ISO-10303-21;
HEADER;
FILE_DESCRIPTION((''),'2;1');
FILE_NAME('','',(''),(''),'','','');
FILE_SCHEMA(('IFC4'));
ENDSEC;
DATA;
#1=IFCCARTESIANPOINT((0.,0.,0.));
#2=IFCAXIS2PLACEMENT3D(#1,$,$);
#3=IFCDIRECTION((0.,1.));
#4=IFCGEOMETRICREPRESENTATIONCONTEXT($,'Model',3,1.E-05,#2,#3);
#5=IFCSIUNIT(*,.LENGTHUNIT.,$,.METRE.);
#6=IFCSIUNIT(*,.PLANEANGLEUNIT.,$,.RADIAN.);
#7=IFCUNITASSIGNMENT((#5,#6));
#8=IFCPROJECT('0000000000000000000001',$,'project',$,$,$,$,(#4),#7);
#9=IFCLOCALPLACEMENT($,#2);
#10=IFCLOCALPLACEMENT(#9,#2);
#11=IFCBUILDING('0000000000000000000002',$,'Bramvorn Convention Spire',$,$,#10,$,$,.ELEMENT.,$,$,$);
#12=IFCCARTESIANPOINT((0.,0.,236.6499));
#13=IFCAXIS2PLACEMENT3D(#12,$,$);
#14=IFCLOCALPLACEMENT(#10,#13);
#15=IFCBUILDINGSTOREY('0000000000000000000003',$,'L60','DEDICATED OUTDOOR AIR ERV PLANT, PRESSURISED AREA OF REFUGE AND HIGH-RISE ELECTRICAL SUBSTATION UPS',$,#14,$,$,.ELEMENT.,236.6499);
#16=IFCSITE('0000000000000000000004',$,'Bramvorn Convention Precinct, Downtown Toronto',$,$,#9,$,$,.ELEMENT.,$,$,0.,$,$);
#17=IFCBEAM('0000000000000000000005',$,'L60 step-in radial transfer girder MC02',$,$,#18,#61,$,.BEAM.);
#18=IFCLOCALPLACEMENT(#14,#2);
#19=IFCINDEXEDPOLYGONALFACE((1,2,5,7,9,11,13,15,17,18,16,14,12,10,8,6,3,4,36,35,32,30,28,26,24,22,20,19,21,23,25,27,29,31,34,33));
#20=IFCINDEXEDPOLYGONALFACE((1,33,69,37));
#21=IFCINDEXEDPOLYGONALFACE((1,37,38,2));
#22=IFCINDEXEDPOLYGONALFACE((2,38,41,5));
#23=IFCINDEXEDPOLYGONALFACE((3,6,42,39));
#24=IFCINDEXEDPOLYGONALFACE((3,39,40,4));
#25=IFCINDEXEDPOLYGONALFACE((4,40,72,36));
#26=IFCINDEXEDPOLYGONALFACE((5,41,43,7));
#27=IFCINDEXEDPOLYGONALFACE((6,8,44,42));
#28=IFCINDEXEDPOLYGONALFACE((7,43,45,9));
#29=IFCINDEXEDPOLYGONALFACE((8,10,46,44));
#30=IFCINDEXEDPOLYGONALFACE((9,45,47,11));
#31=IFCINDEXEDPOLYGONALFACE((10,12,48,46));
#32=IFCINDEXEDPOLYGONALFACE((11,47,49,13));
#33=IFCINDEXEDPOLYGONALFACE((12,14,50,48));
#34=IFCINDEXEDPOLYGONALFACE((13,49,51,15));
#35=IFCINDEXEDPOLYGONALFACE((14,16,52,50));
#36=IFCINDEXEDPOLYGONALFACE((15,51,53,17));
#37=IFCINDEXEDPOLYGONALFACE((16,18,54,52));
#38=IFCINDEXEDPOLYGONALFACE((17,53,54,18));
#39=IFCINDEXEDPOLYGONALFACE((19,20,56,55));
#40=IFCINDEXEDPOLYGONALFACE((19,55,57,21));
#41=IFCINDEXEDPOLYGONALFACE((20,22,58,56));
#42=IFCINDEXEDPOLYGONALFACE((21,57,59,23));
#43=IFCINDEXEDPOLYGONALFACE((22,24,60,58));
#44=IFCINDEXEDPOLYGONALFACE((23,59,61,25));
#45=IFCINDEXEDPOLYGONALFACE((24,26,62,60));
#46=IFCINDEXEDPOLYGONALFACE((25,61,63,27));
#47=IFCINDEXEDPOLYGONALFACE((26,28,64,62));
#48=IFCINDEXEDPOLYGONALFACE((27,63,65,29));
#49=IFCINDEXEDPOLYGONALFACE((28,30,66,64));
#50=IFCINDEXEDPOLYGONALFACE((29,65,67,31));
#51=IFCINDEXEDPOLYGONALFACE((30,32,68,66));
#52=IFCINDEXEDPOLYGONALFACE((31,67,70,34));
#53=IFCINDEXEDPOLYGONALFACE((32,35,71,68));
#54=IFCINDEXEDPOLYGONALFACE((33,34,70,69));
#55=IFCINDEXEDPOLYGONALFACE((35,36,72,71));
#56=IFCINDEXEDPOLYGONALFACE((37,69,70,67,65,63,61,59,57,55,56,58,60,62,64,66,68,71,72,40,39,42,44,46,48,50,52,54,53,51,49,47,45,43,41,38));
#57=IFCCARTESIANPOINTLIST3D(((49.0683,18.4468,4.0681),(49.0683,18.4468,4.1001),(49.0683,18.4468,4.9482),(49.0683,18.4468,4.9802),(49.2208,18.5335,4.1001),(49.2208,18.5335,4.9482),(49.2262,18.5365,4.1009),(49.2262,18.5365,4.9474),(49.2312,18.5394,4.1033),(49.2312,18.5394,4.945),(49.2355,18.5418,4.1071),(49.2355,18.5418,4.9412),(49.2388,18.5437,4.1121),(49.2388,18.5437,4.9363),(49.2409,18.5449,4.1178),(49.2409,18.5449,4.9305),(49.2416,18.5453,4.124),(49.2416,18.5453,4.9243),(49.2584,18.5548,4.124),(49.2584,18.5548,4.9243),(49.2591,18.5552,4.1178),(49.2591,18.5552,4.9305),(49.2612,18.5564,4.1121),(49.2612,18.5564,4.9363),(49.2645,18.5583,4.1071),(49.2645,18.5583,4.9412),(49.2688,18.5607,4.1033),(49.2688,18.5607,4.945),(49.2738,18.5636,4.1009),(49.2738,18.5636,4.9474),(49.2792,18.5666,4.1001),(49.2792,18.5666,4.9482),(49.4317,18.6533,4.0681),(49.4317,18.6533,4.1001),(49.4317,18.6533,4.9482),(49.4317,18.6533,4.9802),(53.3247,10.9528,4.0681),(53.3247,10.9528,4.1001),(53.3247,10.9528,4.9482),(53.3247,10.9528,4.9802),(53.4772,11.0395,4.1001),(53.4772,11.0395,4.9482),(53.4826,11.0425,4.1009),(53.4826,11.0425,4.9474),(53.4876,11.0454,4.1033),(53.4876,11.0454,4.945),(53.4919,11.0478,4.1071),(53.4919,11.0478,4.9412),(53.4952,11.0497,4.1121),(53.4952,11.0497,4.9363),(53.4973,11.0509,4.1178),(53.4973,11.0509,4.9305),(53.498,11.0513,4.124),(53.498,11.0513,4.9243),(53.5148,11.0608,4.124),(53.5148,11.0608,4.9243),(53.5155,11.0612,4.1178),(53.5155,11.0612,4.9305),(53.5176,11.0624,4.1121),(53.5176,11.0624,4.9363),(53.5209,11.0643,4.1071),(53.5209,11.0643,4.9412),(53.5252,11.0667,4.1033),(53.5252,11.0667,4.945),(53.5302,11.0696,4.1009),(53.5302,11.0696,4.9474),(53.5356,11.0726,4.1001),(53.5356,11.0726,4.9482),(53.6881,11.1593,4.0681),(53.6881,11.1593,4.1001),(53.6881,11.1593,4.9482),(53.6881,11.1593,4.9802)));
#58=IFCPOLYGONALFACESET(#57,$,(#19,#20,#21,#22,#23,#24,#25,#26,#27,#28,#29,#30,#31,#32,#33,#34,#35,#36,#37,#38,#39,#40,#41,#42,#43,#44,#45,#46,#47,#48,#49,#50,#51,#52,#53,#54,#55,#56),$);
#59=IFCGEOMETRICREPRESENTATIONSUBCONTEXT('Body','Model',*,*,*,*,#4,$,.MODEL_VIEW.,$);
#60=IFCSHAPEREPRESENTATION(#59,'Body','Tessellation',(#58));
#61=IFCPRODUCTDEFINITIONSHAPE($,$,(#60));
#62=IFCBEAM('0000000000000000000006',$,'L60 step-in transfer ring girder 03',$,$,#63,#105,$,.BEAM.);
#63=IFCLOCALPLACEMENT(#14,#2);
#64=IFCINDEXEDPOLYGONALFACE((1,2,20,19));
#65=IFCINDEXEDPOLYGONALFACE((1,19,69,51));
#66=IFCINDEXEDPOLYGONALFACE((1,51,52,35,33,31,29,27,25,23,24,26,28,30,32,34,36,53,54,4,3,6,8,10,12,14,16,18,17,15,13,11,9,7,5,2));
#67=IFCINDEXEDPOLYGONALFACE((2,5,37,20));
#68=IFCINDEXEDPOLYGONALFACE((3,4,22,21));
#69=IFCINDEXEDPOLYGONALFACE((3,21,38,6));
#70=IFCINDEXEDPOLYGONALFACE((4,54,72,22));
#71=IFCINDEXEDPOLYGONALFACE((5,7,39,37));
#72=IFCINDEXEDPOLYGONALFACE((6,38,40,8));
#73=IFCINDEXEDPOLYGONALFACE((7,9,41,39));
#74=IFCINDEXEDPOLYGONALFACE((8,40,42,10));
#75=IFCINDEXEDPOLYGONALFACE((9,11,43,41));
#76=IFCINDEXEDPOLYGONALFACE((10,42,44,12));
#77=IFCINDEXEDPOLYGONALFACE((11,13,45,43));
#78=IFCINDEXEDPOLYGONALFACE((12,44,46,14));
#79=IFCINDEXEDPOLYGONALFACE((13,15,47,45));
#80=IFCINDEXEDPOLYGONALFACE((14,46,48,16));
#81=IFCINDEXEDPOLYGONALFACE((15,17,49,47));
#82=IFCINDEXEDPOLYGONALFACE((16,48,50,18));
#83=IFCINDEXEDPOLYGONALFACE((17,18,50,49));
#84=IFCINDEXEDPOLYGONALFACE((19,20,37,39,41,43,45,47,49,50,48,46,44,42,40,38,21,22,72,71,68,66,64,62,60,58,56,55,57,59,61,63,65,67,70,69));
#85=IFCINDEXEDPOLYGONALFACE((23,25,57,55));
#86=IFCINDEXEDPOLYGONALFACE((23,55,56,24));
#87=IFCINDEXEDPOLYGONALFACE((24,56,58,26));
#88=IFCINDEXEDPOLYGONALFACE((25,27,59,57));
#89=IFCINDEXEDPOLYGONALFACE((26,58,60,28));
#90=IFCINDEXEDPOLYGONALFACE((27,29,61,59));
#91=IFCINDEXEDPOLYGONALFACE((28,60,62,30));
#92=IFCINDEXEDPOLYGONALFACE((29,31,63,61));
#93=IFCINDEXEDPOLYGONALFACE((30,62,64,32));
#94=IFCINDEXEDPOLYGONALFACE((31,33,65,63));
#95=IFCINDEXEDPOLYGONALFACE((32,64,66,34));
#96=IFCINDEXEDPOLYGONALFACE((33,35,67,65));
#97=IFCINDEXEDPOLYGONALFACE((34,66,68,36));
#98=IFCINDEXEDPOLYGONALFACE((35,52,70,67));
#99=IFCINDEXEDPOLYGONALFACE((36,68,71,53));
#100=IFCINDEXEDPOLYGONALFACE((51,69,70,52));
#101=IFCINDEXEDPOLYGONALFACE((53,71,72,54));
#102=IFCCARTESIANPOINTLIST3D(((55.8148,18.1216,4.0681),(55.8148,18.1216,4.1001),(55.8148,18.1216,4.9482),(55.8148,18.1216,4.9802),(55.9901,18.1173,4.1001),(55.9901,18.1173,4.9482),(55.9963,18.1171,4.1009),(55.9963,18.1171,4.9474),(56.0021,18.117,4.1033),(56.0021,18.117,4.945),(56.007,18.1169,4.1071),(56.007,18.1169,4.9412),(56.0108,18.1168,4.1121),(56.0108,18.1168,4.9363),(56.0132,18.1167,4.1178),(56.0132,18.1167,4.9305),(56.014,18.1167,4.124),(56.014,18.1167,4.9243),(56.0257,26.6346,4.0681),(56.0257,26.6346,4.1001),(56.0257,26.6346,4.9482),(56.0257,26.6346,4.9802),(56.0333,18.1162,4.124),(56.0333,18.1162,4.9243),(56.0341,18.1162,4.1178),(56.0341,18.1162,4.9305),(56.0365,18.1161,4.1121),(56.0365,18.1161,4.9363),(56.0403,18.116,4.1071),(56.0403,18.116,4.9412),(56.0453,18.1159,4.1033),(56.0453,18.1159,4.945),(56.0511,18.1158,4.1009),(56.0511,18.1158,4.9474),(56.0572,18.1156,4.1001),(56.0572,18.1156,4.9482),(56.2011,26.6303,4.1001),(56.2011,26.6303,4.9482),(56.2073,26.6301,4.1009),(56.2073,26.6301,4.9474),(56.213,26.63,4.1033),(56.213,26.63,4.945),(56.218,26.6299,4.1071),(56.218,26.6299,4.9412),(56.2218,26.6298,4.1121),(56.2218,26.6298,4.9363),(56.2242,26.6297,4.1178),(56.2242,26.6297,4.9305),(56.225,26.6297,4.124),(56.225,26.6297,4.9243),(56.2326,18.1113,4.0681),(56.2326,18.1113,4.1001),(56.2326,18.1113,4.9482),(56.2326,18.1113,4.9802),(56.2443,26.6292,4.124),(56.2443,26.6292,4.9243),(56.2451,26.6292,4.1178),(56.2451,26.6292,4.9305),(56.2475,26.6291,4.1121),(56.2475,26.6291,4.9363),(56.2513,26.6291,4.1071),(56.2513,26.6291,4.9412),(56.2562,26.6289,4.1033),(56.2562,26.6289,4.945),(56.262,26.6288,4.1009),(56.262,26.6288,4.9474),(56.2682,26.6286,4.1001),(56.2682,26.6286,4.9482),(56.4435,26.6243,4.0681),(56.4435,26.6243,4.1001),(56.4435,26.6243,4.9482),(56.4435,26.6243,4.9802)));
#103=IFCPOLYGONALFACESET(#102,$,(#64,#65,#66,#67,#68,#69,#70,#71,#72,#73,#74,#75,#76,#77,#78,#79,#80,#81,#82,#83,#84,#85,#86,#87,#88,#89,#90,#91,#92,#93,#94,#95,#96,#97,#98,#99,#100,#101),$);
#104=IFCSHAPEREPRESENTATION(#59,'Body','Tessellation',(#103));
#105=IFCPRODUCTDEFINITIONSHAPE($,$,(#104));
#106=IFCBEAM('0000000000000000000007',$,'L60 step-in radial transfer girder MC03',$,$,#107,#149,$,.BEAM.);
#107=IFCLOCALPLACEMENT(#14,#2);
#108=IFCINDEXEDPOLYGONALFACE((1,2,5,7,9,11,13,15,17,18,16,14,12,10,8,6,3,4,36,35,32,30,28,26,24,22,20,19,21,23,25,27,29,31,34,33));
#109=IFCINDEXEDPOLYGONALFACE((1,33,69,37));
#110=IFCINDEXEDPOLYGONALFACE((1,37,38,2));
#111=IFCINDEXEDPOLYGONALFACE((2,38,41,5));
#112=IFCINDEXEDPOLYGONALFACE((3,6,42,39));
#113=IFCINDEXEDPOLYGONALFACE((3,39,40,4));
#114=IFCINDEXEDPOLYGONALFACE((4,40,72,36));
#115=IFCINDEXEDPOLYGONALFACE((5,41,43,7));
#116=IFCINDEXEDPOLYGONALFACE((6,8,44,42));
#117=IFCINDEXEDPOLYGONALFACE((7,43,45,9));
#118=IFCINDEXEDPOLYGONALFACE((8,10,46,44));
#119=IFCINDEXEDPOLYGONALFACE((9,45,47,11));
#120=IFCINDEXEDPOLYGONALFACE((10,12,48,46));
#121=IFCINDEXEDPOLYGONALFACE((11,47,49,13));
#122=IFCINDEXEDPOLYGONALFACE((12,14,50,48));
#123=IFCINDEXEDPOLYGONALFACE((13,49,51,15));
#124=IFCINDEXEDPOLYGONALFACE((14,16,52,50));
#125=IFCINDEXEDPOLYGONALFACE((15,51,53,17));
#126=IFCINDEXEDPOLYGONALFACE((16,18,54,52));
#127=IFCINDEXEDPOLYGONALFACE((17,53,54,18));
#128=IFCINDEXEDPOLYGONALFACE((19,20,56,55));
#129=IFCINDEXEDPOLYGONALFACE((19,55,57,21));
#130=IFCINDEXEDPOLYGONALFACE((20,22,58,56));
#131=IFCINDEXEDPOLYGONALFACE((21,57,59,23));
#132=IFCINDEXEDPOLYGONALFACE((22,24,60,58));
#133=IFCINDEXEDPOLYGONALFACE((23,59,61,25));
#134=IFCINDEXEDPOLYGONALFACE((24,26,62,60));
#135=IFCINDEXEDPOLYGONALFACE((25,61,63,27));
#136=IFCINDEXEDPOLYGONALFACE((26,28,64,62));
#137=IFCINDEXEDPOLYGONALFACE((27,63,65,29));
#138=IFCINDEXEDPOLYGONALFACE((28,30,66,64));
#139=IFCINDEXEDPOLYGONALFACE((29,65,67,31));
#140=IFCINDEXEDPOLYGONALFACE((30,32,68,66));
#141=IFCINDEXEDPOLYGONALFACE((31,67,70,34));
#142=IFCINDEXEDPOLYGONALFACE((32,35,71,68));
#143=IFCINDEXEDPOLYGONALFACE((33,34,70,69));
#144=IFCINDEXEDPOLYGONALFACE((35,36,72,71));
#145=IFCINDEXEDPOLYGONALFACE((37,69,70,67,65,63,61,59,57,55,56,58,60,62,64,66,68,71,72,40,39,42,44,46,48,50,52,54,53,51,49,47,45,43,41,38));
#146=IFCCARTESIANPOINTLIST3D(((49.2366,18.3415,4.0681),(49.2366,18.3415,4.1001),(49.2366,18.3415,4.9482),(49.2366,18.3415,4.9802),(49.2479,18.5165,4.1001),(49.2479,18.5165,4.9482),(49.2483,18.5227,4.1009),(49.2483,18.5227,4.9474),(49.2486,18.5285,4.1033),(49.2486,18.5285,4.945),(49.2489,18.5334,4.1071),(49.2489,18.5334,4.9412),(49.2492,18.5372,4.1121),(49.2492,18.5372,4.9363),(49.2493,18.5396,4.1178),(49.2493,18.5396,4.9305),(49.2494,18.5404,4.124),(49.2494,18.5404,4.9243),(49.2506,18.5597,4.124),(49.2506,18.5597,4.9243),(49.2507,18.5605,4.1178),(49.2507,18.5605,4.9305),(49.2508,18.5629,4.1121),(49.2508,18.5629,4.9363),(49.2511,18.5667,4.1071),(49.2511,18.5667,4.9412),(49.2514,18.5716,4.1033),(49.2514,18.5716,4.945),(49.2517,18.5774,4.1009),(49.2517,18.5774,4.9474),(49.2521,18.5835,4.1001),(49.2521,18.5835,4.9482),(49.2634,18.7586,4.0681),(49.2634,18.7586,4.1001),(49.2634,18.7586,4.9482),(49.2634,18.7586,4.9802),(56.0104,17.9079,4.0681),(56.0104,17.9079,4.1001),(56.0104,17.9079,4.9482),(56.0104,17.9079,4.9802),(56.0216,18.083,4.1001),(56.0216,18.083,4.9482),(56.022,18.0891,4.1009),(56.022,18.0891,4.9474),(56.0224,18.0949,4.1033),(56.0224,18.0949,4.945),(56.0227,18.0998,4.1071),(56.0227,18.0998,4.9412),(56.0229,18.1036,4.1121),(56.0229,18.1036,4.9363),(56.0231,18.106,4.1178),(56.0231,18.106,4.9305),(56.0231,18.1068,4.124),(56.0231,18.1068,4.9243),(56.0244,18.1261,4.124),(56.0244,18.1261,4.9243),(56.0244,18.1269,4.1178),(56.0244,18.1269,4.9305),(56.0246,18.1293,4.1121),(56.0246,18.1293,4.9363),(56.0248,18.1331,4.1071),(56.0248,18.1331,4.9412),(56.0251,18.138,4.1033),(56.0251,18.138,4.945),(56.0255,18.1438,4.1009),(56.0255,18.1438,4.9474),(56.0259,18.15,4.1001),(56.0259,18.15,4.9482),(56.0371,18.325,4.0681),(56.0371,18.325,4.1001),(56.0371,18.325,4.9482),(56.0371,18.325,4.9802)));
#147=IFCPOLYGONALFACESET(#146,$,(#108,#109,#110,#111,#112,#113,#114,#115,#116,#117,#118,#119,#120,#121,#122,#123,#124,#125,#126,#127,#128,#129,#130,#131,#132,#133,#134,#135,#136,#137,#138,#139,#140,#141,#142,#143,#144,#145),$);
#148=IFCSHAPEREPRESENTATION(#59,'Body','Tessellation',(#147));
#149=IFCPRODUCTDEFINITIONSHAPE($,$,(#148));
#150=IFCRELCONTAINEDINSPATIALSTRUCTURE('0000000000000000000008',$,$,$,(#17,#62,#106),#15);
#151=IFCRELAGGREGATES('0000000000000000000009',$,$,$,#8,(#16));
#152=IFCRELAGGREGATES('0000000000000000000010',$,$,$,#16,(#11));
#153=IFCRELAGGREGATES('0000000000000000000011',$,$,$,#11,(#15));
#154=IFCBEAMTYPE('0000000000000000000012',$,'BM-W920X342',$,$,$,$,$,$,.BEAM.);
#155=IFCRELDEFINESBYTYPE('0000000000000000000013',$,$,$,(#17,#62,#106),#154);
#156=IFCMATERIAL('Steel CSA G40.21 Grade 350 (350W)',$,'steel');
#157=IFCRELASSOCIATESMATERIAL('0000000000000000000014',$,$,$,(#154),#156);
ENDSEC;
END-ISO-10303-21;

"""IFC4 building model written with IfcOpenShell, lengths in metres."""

from ifc_helpers import new_model, si_unit, direction, frame, origin, origin_2d, place, context, subcontext, project, spatial, i_section, extrude, material, material_profile, profile_set, type_object, element, save


model = new_model("IFC4")

# Units and contexts
model_context = context("Model", 3, precision=1e-05, world=origin(), true_north=direction((0.0, 1.0)))
body_context = subcontext(model_context, "Body", "Model", "MODEL_VIEW")
ifc_project = project(units=[si_unit("LENGTHUNIT", "METRE"), si_unit("PLANEANGLEUNIT", "RADIAN")], contexts=[model_context])

# Site, building, storey
site_placement = place(None, origin())
site = spatial("IfcSite", under=ifc_project, at=site_placement, Name="Bramvorn Convention Precinct, Downtown Toronto", CompositionType="ELEMENT", RefElevation=0.0)
building_placement = place(site_placement, origin())
building = spatial("IfcBuilding", under=site, at=building_placement, Name="Bramvorn Convention Spire", CompositionType="ELEMENT")
storey_placement = place(building_placement, frame((0.0, 0.0, 236.6499)))
storey = spatial("IfcBuildingStorey", under=building, at=storey_placement, Name="L60", Description="DEDICATED OUTDOOR AIR ERV PLANT, PRESSURISED AREA OF REFUGE AND HIGH-RISE ELECTRICAL SUBSTATION UPS", CompositionType="ELEMENT", Elevation=236.6499)

# Shared definitions
ifc_material_1 = material(Name="Steel CSA G40.21 Grade 350 (350W)", Category="steel")

# Beams
ifc_material_profile_1 = material_profile(ifc_material_1, i_section(OverallWidth=0.418, OverallDepth=0.9121, WebThickness=0.0193, FlangeThickness=0.032, FilletRadius=0.0239, at=origin_2d()))
ifc_profile_set_1 = profile_set([ifc_material_profile_1], Name="Steel CSA G40.21 Grade 350 (350W) - W920X342")
beam_type = type_object("IfcBeamType", Name="BM-W920X342", PredefinedType="BEAM", material=ifc_profile_set_1)
beam_1_placement = place(storey_placement, frame((49.25, 18.55, 4.5242), z_axis=(0.493874, -0.869534, 0.0), x_axis=(0.869534, 0.493874, 0.0)))
element("IfcBeam", 1, at=beam_1_placement, inside=storey, type_object=beam_type, Name="L60 step-in radial transfer girder MC02", PredefinedType="BEAM", context=body_context, shape_type="SweptSolid", body=[
    extrude(i_section(OverallWidth=0.418, OverallDepth=0.9121, WebThickness=0.0193, FlangeThickness=0.032, FilletRadius=0.0239, at=origin_2d()), origin(), (0.0, 0.0, 1.0), 8.6184),
])
beam_2_placement = place(storey_placement, frame((56.0237, 18.1165, 4.5242), z_axis=(0.024771, 0.999693, 0.0), x_axis=(-0.999693, 0.024771, 0.0)))
element("IfcBeam", 2, at=beam_2_placement, inside=storey, type_object=beam_type, Name="L60 step-in transfer ring girder 03", PredefinedType="BEAM", context=body_context, shape_type="SweptSolid", body=[
    extrude(i_section(OverallWidth=0.418, OverallDepth=0.9121, WebThickness=0.0193, FlangeThickness=0.032, FilletRadius=0.0239, at=origin_2d()), origin(), (0.0, 0.0, 1.0), 8.5156),
])
beam_3_placement = place(storey_placement, frame((49.25, 18.55, 4.5242), z_axis=(0.997958, -0.063881, 0.0), x_axis=(0.063881, 0.997958, 0.0)))
element("IfcBeam", 3, at=beam_3_placement, inside=storey, type_object=beam_type, Name="L60 step-in radial transfer girder MC03", PredefinedType="BEAM", context=body_context, shape_type="SweptSolid", body=[
    extrude(i_section(OverallWidth=0.418, OverallDepth=0.9121, WebThickness=0.0193, FlangeThickness=0.032, FilletRadius=0.0239, at=origin_2d()), origin(), (0.0, 0.0, 1.0), 6.7876),
])

save(model, "model.ifc")
